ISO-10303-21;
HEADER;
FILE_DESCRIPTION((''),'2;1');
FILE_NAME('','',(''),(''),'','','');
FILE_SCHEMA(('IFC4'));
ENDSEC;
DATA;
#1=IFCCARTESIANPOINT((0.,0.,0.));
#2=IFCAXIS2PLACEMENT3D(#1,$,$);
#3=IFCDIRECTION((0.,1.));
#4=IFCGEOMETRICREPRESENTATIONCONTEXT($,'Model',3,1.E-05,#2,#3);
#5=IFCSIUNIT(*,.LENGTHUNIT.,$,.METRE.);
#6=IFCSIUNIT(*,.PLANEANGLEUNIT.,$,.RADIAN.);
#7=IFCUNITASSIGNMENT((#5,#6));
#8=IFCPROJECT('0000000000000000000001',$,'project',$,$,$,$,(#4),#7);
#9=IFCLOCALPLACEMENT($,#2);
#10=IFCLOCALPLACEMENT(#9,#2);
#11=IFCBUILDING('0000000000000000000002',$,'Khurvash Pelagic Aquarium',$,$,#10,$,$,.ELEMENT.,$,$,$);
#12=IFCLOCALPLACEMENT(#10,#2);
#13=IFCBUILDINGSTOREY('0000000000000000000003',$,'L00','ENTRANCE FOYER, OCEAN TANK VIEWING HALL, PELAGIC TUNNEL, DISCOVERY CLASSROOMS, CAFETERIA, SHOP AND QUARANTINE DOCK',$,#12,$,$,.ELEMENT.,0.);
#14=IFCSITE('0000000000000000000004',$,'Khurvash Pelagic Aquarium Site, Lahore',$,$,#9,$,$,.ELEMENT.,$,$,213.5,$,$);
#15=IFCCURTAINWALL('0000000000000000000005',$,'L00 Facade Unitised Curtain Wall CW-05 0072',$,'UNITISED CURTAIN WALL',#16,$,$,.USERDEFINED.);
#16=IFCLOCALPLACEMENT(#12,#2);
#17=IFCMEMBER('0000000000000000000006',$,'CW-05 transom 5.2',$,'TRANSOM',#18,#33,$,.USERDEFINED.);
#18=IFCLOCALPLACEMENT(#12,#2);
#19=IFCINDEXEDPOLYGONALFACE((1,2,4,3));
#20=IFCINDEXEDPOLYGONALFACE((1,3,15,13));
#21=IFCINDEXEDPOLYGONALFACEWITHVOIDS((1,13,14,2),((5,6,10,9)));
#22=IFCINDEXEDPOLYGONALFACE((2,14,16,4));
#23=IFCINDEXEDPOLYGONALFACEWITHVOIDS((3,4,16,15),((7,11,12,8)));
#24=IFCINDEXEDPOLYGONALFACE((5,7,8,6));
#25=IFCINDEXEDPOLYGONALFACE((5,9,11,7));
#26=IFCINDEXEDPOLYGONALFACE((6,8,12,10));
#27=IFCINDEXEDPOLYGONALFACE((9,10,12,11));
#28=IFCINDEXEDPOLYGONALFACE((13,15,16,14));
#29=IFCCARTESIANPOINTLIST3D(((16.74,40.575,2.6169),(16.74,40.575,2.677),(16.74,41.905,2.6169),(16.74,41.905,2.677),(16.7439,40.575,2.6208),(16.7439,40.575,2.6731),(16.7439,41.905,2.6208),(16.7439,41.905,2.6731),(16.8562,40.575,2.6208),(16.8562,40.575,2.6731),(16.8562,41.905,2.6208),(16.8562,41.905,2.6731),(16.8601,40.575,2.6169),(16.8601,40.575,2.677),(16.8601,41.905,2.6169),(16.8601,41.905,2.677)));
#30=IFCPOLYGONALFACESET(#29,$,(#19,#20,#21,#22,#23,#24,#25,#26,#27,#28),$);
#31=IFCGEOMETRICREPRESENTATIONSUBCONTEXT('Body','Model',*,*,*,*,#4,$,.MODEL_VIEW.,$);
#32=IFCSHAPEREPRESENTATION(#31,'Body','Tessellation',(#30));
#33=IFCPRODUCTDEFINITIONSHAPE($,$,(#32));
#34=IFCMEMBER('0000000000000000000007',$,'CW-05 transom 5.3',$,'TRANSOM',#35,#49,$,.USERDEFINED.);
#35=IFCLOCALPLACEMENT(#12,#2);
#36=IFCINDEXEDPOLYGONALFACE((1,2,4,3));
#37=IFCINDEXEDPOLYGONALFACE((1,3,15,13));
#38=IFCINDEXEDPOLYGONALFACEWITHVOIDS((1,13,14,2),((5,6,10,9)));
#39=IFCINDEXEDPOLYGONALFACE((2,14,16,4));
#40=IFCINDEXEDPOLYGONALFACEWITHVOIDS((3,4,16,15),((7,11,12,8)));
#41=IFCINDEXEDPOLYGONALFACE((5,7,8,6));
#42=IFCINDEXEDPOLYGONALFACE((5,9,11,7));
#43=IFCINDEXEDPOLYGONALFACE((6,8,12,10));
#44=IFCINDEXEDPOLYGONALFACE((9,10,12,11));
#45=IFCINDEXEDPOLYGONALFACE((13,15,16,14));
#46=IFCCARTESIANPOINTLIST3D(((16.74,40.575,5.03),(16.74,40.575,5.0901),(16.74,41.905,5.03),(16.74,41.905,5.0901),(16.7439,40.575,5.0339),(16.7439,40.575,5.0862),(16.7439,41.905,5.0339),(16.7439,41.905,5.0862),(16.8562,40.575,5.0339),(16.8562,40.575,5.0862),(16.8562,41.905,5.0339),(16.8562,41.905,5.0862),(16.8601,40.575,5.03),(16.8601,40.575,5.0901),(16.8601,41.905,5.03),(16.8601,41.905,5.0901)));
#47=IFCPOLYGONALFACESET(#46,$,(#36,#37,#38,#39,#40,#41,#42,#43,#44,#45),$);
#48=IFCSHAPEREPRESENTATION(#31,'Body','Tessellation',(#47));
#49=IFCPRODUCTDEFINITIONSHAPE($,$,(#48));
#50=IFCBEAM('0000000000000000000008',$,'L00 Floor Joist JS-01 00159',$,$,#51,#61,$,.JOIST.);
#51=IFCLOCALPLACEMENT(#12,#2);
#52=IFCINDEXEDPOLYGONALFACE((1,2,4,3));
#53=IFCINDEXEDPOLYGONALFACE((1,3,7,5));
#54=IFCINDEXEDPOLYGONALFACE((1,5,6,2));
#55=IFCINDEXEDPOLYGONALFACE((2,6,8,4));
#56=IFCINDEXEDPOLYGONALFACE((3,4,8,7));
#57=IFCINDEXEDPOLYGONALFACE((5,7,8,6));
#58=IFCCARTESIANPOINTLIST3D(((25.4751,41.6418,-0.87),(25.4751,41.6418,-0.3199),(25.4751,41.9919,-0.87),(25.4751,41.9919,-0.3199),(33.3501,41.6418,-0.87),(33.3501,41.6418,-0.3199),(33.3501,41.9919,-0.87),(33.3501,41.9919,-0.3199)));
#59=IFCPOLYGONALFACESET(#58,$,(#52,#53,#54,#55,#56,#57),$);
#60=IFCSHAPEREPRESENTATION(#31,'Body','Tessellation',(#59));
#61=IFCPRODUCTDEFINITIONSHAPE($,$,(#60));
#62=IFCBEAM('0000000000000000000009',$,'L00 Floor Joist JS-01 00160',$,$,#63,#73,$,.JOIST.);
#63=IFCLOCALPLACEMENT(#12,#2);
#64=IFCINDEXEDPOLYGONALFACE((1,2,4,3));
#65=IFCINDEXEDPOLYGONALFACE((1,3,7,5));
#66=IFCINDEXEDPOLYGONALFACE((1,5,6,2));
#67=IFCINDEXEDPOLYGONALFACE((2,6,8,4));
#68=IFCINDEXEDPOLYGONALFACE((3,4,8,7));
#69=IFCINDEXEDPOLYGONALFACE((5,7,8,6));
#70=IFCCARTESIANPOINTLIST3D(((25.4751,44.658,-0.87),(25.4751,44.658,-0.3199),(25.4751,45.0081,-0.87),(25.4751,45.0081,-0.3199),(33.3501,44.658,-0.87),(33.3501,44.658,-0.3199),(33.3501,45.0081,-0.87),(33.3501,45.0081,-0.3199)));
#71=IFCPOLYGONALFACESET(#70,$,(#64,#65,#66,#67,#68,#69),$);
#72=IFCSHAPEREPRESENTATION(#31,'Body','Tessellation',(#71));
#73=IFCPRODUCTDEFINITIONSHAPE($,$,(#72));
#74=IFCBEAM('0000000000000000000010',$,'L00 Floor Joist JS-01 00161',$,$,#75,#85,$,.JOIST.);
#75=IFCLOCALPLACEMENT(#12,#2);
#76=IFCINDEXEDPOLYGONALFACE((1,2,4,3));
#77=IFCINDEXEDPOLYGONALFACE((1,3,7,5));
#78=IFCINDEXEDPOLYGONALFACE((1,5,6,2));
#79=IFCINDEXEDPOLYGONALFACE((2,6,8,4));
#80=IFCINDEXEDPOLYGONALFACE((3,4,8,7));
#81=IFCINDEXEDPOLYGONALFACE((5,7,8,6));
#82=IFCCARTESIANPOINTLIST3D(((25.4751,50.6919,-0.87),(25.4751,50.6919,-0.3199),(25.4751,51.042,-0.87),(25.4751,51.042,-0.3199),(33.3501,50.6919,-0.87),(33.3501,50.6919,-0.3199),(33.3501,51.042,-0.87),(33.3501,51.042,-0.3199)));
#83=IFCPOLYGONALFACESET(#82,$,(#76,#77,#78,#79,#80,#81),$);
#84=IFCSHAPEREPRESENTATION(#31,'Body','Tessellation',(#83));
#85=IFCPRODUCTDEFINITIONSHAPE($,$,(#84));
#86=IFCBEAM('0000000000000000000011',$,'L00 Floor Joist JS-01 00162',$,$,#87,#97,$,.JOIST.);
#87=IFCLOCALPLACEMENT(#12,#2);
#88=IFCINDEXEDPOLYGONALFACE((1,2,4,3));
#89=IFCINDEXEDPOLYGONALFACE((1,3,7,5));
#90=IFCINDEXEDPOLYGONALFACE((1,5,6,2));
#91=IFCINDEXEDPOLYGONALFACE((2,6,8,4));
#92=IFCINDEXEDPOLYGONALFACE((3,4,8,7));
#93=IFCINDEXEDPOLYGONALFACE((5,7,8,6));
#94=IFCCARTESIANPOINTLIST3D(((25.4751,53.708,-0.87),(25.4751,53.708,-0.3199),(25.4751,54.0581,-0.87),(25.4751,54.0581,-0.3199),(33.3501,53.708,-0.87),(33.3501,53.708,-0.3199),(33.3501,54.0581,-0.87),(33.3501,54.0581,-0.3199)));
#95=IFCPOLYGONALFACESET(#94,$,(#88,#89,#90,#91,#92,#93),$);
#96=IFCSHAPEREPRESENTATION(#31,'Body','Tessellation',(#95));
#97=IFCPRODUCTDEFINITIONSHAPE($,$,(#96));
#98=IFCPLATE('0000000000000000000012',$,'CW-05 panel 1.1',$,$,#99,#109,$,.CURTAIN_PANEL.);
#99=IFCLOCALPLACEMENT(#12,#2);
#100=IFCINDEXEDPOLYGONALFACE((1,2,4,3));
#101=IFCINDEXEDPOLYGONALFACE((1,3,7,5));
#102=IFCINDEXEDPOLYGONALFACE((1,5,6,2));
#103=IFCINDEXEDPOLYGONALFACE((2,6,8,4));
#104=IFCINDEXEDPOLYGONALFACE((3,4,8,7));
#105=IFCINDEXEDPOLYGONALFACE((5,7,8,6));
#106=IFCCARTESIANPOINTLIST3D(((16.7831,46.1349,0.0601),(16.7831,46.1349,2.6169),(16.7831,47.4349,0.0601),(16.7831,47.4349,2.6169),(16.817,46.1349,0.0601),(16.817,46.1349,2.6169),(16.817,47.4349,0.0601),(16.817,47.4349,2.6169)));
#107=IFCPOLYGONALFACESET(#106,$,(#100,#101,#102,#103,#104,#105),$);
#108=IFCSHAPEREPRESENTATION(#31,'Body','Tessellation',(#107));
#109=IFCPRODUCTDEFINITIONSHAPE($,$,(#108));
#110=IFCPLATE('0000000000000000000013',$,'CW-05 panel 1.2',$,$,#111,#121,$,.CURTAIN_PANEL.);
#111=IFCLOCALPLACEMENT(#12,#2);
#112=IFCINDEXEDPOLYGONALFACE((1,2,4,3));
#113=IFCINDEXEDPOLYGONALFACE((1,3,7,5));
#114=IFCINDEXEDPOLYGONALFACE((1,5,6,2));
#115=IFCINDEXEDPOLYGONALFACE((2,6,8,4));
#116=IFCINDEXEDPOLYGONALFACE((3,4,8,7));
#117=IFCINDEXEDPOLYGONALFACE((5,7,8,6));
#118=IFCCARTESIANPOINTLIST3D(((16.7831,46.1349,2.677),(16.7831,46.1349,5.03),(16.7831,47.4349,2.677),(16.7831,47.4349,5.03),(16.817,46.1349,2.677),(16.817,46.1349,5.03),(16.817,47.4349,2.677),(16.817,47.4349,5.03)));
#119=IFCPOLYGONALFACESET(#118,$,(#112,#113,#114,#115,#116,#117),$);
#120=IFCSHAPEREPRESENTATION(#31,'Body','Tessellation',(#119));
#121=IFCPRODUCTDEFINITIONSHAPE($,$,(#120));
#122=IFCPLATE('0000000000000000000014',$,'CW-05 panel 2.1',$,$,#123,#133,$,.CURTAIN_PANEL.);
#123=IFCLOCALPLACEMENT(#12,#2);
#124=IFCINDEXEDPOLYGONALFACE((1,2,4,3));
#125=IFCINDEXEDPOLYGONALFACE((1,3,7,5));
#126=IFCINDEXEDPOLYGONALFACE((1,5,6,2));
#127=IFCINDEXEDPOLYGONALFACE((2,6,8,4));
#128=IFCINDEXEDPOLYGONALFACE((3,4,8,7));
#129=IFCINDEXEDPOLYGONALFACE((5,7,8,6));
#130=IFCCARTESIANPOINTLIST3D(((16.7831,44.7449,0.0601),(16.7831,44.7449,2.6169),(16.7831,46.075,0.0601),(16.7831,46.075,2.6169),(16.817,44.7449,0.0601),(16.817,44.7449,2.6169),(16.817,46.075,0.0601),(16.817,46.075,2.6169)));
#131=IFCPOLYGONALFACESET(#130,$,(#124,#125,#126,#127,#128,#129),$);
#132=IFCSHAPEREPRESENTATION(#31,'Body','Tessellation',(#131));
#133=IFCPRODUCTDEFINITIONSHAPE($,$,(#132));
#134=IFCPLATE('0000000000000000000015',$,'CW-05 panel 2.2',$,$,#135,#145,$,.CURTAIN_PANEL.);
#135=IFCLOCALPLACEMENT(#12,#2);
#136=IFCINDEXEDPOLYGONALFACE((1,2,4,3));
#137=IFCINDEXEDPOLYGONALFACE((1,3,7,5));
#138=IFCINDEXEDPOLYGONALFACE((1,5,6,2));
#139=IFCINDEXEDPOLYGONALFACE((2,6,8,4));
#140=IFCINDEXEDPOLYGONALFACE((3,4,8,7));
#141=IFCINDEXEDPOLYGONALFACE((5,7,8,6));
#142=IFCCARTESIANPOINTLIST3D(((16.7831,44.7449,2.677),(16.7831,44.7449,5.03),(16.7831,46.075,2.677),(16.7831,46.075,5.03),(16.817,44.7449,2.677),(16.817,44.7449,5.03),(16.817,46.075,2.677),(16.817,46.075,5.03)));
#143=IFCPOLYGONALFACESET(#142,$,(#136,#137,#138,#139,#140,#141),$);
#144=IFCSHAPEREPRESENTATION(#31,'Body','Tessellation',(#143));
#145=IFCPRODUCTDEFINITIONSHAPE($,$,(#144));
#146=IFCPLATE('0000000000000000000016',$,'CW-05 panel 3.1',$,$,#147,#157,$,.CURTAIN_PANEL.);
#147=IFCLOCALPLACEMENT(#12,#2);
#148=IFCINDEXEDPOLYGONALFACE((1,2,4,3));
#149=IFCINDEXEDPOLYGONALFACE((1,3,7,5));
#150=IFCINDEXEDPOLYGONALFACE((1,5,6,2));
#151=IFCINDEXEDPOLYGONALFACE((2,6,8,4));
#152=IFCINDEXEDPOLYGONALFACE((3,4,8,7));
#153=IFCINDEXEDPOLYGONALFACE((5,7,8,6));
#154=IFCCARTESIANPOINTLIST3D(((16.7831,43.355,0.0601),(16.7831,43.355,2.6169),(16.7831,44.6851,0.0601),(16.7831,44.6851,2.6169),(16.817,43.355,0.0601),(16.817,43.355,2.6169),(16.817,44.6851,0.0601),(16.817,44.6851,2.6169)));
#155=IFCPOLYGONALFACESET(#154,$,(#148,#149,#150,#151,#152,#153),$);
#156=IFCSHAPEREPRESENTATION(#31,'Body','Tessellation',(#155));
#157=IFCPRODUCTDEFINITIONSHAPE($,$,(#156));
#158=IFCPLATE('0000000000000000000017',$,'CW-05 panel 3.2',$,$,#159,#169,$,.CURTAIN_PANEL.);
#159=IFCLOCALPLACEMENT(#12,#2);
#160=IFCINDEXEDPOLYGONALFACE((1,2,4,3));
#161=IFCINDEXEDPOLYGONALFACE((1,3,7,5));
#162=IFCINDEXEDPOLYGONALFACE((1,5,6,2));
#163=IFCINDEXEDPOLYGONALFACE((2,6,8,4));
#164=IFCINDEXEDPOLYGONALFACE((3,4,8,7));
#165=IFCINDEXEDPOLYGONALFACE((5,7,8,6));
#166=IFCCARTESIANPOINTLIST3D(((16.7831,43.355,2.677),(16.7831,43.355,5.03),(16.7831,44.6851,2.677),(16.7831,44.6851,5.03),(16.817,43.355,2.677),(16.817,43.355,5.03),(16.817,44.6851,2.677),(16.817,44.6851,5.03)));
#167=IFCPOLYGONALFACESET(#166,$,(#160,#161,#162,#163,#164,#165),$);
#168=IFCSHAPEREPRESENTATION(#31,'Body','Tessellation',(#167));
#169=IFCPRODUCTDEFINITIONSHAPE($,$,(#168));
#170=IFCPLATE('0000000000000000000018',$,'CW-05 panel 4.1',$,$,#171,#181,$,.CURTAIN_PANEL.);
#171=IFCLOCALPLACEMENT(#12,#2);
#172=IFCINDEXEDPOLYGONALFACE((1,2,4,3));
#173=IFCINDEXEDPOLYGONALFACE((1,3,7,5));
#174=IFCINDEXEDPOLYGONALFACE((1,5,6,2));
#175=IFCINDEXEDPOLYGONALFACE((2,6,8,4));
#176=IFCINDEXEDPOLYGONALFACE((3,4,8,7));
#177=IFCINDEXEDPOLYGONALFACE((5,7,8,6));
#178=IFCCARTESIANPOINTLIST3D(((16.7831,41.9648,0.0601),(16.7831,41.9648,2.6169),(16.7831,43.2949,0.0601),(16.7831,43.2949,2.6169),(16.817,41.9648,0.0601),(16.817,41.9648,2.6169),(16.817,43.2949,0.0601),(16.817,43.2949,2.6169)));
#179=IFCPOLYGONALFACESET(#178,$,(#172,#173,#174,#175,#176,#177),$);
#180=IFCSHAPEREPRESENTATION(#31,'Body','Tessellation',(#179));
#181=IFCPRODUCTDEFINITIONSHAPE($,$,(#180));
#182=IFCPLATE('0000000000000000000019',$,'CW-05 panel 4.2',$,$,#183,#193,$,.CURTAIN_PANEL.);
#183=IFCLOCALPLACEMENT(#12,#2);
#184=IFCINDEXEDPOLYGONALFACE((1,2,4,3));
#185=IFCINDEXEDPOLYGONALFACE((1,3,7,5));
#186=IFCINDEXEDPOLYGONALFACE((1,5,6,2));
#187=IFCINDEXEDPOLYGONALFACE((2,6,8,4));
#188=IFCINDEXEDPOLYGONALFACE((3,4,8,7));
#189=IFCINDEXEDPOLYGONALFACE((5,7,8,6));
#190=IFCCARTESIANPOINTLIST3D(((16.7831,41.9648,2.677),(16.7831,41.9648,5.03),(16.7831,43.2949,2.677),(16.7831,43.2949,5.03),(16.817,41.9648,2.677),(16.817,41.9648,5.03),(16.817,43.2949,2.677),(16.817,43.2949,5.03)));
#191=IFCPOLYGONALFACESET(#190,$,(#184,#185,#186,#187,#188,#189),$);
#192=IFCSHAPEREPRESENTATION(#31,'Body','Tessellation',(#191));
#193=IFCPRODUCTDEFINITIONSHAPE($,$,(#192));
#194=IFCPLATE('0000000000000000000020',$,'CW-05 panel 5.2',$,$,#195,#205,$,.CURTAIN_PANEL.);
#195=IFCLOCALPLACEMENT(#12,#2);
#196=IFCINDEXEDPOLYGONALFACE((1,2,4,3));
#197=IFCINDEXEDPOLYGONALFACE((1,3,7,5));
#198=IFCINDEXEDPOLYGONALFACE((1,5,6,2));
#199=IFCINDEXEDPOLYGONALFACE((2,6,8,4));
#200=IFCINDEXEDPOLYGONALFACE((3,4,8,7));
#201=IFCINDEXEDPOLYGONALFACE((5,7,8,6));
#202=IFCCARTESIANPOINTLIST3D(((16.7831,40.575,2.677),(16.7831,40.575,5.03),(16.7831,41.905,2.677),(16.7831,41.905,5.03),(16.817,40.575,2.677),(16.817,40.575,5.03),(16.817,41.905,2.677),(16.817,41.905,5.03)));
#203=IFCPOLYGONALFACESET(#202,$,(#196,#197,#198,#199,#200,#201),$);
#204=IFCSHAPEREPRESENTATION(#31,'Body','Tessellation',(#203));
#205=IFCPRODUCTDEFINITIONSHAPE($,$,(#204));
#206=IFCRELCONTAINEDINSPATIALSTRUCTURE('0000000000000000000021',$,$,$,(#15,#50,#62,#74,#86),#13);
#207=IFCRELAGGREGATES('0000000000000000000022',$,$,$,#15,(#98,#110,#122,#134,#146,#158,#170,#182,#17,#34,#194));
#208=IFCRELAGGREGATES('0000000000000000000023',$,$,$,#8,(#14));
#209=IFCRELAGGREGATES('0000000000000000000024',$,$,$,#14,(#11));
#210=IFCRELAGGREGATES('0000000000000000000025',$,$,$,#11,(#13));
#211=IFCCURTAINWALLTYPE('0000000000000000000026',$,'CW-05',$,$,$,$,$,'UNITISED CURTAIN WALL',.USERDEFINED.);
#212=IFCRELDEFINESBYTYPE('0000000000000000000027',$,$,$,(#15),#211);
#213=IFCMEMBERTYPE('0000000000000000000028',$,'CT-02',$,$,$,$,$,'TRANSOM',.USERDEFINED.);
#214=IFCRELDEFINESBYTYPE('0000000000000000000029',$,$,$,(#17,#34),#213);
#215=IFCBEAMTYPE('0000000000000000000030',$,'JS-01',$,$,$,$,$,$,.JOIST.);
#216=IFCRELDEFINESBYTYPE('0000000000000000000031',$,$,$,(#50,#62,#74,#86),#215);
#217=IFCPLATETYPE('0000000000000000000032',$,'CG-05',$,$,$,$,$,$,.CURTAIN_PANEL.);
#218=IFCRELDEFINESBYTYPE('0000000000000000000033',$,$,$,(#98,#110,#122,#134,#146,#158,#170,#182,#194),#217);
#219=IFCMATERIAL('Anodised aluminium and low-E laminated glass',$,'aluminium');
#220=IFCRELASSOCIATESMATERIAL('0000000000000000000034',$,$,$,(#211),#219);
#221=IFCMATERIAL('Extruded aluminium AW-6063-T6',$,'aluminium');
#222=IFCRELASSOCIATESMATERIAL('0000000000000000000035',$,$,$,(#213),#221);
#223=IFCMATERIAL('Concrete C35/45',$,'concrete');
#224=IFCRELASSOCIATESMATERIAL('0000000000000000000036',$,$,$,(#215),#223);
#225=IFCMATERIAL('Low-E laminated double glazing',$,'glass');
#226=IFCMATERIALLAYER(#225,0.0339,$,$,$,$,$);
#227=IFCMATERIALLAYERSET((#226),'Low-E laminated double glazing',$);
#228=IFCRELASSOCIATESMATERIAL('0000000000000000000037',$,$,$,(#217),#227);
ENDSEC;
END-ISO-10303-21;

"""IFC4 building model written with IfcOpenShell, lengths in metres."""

from ifc_helpers import new_model, si_unit, direction, frame, origin, origin_2d, place, context, subcontext, project, spatial, rectangle, hollow_rectangle, extrude, material, layer, layer_set, material_profile, profile_set, type_object, element, aggregate, save


model = new_model("IFC4")

# Units and contexts
model_context = context("Model", 3, precision=1e-05, world=origin(), true_north=direction((0.0, 1.0)))
body_context = subcontext(model_context, "Body", "Model", "MODEL_VIEW")
ifc_project = project(units=[si_unit("LENGTHUNIT", "METRE"), si_unit("PLANEANGLEUNIT", "RADIAN")], contexts=[model_context])

# Site, building, storey
site_placement = place(None, origin())
site = spatial("IfcSite", under=ifc_project, at=site_placement, Name="Khurvash Pelagic Aquarium Site, Lahore", CompositionType="ELEMENT", RefElevation=213.5)
building_placement = place(site_placement, origin())
building = spatial("IfcBuilding", under=site, at=building_placement, Name="Khurvash Pelagic Aquarium", CompositionType="ELEMENT")
storey_placement = place(building_placement, origin())
storey = spatial("IfcBuildingStorey", under=building, at=storey_placement, Name="L00", Description="ENTRANCE FOYER, OCEAN TANK VIEWING HALL, PELAGIC TUNNEL, DISCOVERY CLASSROOMS, CAFETERIA, SHOP AND QUARANTINE DOCK", CompositionType="ELEMENT", Elevation=0.0)

# Curtain wall, members
ifc_material_1 = material(Name="Anodised aluminium and low-E laminated glass", Category="aluminium")
curtain_wall_type = type_object("IfcCurtainWallType", Name="CW-05", ElementType="UNITISED CURTAIN WALL", PredefinedType="USERDEFINED", material=ifc_material_1)
curtain_wall_placement = place(storey_placement, origin())
curtain_wall = element("IfcCurtainWall", 1, at=curtain_wall_placement, inside=storey, type_object=curtain_wall_type, Name="L00 Facade Unitised Curtain Wall CW-05 0072", ObjectType="UNITISED CURTAIN WALL", PredefinedType="USERDEFINED")
ifc_material_2 = material(Name="Extruded aluminium AW-6063-T6", Category="aluminium")
ifc_material_profile_1 = material_profile(ifc_material_2, hollow_rectangle(XDim=0.1201, YDim=0.0601, WallThickness=0.0039, at=origin_2d()), Name="CWT120X60X4")
ifc_profile_set_1 = profile_set([ifc_material_profile_1], Name="Extruded aluminium AW-6063-T6")
member_type_1 = type_object("IfcMemberType", Name="CT-02", ElementType="TRANSOM", PredefinedType="USERDEFINED", material=ifc_profile_set_1)
member_1_placement = place(storey_placement, frame((16.8, 41.905, 2.647), z_axis=(0.0, -1.0, 0.0), x_axis=(1.0, 0.0, 0.0)))
member_1 = element("IfcMember", 2, at=member_1_placement, type_object=member_type_1, Name="CW-05 transom 5.2", ObjectType="TRANSOM", PredefinedType="USERDEFINED", context=body_context, shape_type="SweptSolid", body=[
    extrude(hollow_rectangle(XDim=0.1201, YDim=0.0601, WallThickness=0.0039, at=origin_2d()), origin(), (0.0, 0.0, 1.0), 1.3301),
])
member_2_placement = place(storey_placement, frame((16.8, 41.905, 5.0601), z_axis=(0.0, -1.0, 0.0), x_axis=(1.0, 0.0, 0.0)))
member_2 = element("IfcMember", 3, at=member_2_placement, type_object=member_type_1, Name="CW-05 transom 5.3", ObjectType="TRANSOM", PredefinedType="USERDEFINED", context=body_context, shape_type="SweptSolid", body=[
    extrude(hollow_rectangle(XDim=0.1201, YDim=0.0601, WallThickness=0.0039, at=origin_2d()), origin(), (0.0, 0.0, 1.0), 1.3301),
])

# Beams
ifc_material_3 = material(Name="Concrete C35/45", Category="concrete")
ifc_material_profile_2 = material_profile(ifc_material_3, rectangle(XDim=0.3501, YDim=0.55, at=origin_2d()), Name="RC350X550")
ifc_profile_set_2 = profile_set([ifc_material_profile_2], Name="Concrete C35/45")
beam_type_1 = type_object("IfcBeamType", Name="JS-01", PredefinedType="JOIST", material=ifc_profile_set_2)
for number, where, z_axis, x_axis, name in (
    (4, (25.4751, 41.8169, -0.595), (1.0, 0.0, 0.0), (0.0, 1.0, 0.0), "L00 Floor Joist JS-01 00159"),
    (5, (25.4751, 44.833, -0.595), (1.0, 0.0, 0.0), (0.0, 1.0, 0.0), "L00 Floor Joist JS-01 00160"),
    (6, (25.4751, 50.8669, -0.595), (1.0, 0.0, 0.0), (0.0, 1.0, 0.0), "L00 Floor Joist JS-01 00161"),
    (7, (25.4751, 53.8831, -0.595), (1.0, 0.0, 0.0), (0.0, 1.0, 0.0), "L00 Floor Joist JS-01 00162"),
):
    element("IfcBeam", number, at=place(storey_placement, frame(where, z_axis=z_axis, x_axis=x_axis)), inside=storey, type_object=beam_type_1, Name=name, PredefinedType="JOIST", context=body_context, shape_type="SweptSolid", body=[
        extrude(rectangle(XDim=0.3501, YDim=0.55, at=origin_2d()), origin(), (0.0, 0.0, 1.0), 7.875),
    ])

# Plates
ifc_material_4 = material(Name="Low-E laminated double glazing", Category="glass")
ifc_layer = layer(ifc_material_4, 0.0339)
ifc_layer_set = layer_set([ifc_layer], Name="Low-E laminated double glazing")
plate_type = type_object("IfcPlateType", Name="CG-05", PredefinedType="CURTAIN_PANEL", material=ifc_layer_set)
plate_1_placement = place(storey_placement, frame((16.8, 46.7849, 0.0601), z_axis=(0.0, 0.0, 1.0), x_axis=(0.0, -1.0, 0.0)))
plate_1 = element("IfcPlate", 8, at=plate_1_placement, type_object=plate_type, Name="CW-05 panel 1.1", PredefinedType="CURTAIN_PANEL", context=body_context, shape_type="SweptSolid", body=[
    extrude(rectangle(XDim=1.3, YDim=0.0339, at=origin_2d()), origin(), (0.0, 0.0, 1.0), 2.5569),
])
plate_2_placement = place(storey_placement, frame((16.8, 46.7849, 2.677), z_axis=(0.0, 0.0, 1.0), x_axis=(0.0, -1.0, 0.0)))
plate_2 = element("IfcPlate", 9, at=plate_2_placement, type_object=plate_type, Name="CW-05 panel 1.2", PredefinedType="CURTAIN_PANEL", context=body_context, shape_type="SweptSolid", body=[
    extrude(rectangle(XDim=1.3, YDim=0.0339, at=origin_2d()), origin(), (0.0, 0.0, 1.0), 2.353),
])
plate_3_placement = place(storey_placement, frame((16.8, 45.4099, 0.0601), z_axis=(0.0, 0.0, 1.0), x_axis=(0.0, -1.0, 0.0)))
plate_3 = element("IfcPlate", 10, at=plate_3_placement, type_object=plate_type, Name="CW-05 panel 2.1", PredefinedType="CURTAIN_PANEL", context=body_context, shape_type="SweptSolid", body=[
    extrude(rectangle(XDim=1.3301, YDim=0.0339, at=origin_2d()), origin(), (0.0, 0.0, 1.0), 2.5569),
])
plate_4_placement = place(storey_placement, frame((16.8, 45.4099, 2.677), z_axis=(0.0, 0.0, 1.0), x_axis=(0.0, -1.0, 0.0)))
plate_4 = element("IfcPlate", 11, at=plate_4_placement, type_object=plate_type, Name="CW-05 panel 2.2", PredefinedType="CURTAIN_PANEL", context=body_context, shape_type="SweptSolid", body=[
    extrude(rectangle(XDim=1.3301, YDim=0.0339, at=origin_2d()), origin(), (0.0, 0.0, 1.0), 2.353),
])
plate_5_placement = place(storey_placement, frame((16.8, 44.02, 0.0601), z_axis=(0.0, 0.0, 1.0), x_axis=(0.0, -1.0, 0.0)))
plate_5 = element("IfcPlate", 12, at=plate_5_placement, type_object=plate_type, Name="CW-05 panel 3.1", PredefinedType="CURTAIN_PANEL", context=body_context, shape_type="SweptSolid", body=[
    extrude(rectangle(XDim=1.3301, YDim=0.0339, at=origin_2d()), origin(), (0.0, 0.0, 1.0), 2.5569),
])
plate_6_placement = place(storey_placement, frame((16.8, 44.02, 2.677), z_axis=(0.0, 0.0, 1.0), x_axis=(0.0, -1.0, 0.0)))
plate_6 = element("IfcPlate", 13, at=plate_6_placement, type_object=plate_type, Name="CW-05 panel 3.2", PredefinedType="CURTAIN_PANEL", context=body_context, shape_type="SweptSolid", body=[
    extrude(rectangle(XDim=1.3301, YDim=0.0339, at=origin_2d()), origin(), (0.0, 0.0, 1.0), 2.353),
])
plate_7_placement = place(storey_placement, frame((16.8, 42.6299, 0.0601), z_axis=(0.0, 0.0, 1.0), x_axis=(0.0, -1.0, 0.0)))
plate_7 = element("IfcPlate", 14, at=plate_7_placement, type_object=plate_type, Name="CW-05 panel 4.1", PredefinedType="CURTAIN_PANEL", context=body_context, shape_type="SweptSolid", body=[
    extrude(rectangle(XDim=1.3301, YDim=0.0339, at=origin_2d()), origin(), (0.0, 0.0, 1.0), 2.5569),
])
plate_8_placement = place(storey_placement, frame((16.8, 42.6299, 2.677), z_axis=(0.0, 0.0, 1.0), x_axis=(0.0, -1.0, 0.0)))
plate_8 = element("IfcPlate", 15, at=plate_8_placement, type_object=plate_type, Name="CW-05 panel 4.2", PredefinedType="CURTAIN_PANEL", context=body_context, shape_type="SweptSolid", body=[
    extrude(rectangle(XDim=1.3301, YDim=0.0339, at=origin_2d()), origin(), (0.0, 0.0, 1.0), 2.353),
])
plate_9_placement = place(storey_placement, frame((16.8, 41.24, 2.677), z_axis=(0.0, 0.0, 1.0), x_axis=(0.0, -1.0, 0.0)))
plate_9 = element("IfcPlate", 16, at=plate_9_placement, type_object=plate_type, Name="CW-05 panel 5.2", PredefinedType="CURTAIN_PANEL", context=body_context, shape_type="SweptSolid", body=[
    extrude(rectangle(XDim=1.3301, YDim=0.0339, at=origin_2d()), origin(), (0.0, 0.0, 1.0), 2.353),
])
aggregate(curtain_wall, [plate_1, plate_2, plate_3, plate_4, plate_5, plate_6, plate_7, plate_8, member_1, member_2, plate_9])

save(model, "model.ifc")
